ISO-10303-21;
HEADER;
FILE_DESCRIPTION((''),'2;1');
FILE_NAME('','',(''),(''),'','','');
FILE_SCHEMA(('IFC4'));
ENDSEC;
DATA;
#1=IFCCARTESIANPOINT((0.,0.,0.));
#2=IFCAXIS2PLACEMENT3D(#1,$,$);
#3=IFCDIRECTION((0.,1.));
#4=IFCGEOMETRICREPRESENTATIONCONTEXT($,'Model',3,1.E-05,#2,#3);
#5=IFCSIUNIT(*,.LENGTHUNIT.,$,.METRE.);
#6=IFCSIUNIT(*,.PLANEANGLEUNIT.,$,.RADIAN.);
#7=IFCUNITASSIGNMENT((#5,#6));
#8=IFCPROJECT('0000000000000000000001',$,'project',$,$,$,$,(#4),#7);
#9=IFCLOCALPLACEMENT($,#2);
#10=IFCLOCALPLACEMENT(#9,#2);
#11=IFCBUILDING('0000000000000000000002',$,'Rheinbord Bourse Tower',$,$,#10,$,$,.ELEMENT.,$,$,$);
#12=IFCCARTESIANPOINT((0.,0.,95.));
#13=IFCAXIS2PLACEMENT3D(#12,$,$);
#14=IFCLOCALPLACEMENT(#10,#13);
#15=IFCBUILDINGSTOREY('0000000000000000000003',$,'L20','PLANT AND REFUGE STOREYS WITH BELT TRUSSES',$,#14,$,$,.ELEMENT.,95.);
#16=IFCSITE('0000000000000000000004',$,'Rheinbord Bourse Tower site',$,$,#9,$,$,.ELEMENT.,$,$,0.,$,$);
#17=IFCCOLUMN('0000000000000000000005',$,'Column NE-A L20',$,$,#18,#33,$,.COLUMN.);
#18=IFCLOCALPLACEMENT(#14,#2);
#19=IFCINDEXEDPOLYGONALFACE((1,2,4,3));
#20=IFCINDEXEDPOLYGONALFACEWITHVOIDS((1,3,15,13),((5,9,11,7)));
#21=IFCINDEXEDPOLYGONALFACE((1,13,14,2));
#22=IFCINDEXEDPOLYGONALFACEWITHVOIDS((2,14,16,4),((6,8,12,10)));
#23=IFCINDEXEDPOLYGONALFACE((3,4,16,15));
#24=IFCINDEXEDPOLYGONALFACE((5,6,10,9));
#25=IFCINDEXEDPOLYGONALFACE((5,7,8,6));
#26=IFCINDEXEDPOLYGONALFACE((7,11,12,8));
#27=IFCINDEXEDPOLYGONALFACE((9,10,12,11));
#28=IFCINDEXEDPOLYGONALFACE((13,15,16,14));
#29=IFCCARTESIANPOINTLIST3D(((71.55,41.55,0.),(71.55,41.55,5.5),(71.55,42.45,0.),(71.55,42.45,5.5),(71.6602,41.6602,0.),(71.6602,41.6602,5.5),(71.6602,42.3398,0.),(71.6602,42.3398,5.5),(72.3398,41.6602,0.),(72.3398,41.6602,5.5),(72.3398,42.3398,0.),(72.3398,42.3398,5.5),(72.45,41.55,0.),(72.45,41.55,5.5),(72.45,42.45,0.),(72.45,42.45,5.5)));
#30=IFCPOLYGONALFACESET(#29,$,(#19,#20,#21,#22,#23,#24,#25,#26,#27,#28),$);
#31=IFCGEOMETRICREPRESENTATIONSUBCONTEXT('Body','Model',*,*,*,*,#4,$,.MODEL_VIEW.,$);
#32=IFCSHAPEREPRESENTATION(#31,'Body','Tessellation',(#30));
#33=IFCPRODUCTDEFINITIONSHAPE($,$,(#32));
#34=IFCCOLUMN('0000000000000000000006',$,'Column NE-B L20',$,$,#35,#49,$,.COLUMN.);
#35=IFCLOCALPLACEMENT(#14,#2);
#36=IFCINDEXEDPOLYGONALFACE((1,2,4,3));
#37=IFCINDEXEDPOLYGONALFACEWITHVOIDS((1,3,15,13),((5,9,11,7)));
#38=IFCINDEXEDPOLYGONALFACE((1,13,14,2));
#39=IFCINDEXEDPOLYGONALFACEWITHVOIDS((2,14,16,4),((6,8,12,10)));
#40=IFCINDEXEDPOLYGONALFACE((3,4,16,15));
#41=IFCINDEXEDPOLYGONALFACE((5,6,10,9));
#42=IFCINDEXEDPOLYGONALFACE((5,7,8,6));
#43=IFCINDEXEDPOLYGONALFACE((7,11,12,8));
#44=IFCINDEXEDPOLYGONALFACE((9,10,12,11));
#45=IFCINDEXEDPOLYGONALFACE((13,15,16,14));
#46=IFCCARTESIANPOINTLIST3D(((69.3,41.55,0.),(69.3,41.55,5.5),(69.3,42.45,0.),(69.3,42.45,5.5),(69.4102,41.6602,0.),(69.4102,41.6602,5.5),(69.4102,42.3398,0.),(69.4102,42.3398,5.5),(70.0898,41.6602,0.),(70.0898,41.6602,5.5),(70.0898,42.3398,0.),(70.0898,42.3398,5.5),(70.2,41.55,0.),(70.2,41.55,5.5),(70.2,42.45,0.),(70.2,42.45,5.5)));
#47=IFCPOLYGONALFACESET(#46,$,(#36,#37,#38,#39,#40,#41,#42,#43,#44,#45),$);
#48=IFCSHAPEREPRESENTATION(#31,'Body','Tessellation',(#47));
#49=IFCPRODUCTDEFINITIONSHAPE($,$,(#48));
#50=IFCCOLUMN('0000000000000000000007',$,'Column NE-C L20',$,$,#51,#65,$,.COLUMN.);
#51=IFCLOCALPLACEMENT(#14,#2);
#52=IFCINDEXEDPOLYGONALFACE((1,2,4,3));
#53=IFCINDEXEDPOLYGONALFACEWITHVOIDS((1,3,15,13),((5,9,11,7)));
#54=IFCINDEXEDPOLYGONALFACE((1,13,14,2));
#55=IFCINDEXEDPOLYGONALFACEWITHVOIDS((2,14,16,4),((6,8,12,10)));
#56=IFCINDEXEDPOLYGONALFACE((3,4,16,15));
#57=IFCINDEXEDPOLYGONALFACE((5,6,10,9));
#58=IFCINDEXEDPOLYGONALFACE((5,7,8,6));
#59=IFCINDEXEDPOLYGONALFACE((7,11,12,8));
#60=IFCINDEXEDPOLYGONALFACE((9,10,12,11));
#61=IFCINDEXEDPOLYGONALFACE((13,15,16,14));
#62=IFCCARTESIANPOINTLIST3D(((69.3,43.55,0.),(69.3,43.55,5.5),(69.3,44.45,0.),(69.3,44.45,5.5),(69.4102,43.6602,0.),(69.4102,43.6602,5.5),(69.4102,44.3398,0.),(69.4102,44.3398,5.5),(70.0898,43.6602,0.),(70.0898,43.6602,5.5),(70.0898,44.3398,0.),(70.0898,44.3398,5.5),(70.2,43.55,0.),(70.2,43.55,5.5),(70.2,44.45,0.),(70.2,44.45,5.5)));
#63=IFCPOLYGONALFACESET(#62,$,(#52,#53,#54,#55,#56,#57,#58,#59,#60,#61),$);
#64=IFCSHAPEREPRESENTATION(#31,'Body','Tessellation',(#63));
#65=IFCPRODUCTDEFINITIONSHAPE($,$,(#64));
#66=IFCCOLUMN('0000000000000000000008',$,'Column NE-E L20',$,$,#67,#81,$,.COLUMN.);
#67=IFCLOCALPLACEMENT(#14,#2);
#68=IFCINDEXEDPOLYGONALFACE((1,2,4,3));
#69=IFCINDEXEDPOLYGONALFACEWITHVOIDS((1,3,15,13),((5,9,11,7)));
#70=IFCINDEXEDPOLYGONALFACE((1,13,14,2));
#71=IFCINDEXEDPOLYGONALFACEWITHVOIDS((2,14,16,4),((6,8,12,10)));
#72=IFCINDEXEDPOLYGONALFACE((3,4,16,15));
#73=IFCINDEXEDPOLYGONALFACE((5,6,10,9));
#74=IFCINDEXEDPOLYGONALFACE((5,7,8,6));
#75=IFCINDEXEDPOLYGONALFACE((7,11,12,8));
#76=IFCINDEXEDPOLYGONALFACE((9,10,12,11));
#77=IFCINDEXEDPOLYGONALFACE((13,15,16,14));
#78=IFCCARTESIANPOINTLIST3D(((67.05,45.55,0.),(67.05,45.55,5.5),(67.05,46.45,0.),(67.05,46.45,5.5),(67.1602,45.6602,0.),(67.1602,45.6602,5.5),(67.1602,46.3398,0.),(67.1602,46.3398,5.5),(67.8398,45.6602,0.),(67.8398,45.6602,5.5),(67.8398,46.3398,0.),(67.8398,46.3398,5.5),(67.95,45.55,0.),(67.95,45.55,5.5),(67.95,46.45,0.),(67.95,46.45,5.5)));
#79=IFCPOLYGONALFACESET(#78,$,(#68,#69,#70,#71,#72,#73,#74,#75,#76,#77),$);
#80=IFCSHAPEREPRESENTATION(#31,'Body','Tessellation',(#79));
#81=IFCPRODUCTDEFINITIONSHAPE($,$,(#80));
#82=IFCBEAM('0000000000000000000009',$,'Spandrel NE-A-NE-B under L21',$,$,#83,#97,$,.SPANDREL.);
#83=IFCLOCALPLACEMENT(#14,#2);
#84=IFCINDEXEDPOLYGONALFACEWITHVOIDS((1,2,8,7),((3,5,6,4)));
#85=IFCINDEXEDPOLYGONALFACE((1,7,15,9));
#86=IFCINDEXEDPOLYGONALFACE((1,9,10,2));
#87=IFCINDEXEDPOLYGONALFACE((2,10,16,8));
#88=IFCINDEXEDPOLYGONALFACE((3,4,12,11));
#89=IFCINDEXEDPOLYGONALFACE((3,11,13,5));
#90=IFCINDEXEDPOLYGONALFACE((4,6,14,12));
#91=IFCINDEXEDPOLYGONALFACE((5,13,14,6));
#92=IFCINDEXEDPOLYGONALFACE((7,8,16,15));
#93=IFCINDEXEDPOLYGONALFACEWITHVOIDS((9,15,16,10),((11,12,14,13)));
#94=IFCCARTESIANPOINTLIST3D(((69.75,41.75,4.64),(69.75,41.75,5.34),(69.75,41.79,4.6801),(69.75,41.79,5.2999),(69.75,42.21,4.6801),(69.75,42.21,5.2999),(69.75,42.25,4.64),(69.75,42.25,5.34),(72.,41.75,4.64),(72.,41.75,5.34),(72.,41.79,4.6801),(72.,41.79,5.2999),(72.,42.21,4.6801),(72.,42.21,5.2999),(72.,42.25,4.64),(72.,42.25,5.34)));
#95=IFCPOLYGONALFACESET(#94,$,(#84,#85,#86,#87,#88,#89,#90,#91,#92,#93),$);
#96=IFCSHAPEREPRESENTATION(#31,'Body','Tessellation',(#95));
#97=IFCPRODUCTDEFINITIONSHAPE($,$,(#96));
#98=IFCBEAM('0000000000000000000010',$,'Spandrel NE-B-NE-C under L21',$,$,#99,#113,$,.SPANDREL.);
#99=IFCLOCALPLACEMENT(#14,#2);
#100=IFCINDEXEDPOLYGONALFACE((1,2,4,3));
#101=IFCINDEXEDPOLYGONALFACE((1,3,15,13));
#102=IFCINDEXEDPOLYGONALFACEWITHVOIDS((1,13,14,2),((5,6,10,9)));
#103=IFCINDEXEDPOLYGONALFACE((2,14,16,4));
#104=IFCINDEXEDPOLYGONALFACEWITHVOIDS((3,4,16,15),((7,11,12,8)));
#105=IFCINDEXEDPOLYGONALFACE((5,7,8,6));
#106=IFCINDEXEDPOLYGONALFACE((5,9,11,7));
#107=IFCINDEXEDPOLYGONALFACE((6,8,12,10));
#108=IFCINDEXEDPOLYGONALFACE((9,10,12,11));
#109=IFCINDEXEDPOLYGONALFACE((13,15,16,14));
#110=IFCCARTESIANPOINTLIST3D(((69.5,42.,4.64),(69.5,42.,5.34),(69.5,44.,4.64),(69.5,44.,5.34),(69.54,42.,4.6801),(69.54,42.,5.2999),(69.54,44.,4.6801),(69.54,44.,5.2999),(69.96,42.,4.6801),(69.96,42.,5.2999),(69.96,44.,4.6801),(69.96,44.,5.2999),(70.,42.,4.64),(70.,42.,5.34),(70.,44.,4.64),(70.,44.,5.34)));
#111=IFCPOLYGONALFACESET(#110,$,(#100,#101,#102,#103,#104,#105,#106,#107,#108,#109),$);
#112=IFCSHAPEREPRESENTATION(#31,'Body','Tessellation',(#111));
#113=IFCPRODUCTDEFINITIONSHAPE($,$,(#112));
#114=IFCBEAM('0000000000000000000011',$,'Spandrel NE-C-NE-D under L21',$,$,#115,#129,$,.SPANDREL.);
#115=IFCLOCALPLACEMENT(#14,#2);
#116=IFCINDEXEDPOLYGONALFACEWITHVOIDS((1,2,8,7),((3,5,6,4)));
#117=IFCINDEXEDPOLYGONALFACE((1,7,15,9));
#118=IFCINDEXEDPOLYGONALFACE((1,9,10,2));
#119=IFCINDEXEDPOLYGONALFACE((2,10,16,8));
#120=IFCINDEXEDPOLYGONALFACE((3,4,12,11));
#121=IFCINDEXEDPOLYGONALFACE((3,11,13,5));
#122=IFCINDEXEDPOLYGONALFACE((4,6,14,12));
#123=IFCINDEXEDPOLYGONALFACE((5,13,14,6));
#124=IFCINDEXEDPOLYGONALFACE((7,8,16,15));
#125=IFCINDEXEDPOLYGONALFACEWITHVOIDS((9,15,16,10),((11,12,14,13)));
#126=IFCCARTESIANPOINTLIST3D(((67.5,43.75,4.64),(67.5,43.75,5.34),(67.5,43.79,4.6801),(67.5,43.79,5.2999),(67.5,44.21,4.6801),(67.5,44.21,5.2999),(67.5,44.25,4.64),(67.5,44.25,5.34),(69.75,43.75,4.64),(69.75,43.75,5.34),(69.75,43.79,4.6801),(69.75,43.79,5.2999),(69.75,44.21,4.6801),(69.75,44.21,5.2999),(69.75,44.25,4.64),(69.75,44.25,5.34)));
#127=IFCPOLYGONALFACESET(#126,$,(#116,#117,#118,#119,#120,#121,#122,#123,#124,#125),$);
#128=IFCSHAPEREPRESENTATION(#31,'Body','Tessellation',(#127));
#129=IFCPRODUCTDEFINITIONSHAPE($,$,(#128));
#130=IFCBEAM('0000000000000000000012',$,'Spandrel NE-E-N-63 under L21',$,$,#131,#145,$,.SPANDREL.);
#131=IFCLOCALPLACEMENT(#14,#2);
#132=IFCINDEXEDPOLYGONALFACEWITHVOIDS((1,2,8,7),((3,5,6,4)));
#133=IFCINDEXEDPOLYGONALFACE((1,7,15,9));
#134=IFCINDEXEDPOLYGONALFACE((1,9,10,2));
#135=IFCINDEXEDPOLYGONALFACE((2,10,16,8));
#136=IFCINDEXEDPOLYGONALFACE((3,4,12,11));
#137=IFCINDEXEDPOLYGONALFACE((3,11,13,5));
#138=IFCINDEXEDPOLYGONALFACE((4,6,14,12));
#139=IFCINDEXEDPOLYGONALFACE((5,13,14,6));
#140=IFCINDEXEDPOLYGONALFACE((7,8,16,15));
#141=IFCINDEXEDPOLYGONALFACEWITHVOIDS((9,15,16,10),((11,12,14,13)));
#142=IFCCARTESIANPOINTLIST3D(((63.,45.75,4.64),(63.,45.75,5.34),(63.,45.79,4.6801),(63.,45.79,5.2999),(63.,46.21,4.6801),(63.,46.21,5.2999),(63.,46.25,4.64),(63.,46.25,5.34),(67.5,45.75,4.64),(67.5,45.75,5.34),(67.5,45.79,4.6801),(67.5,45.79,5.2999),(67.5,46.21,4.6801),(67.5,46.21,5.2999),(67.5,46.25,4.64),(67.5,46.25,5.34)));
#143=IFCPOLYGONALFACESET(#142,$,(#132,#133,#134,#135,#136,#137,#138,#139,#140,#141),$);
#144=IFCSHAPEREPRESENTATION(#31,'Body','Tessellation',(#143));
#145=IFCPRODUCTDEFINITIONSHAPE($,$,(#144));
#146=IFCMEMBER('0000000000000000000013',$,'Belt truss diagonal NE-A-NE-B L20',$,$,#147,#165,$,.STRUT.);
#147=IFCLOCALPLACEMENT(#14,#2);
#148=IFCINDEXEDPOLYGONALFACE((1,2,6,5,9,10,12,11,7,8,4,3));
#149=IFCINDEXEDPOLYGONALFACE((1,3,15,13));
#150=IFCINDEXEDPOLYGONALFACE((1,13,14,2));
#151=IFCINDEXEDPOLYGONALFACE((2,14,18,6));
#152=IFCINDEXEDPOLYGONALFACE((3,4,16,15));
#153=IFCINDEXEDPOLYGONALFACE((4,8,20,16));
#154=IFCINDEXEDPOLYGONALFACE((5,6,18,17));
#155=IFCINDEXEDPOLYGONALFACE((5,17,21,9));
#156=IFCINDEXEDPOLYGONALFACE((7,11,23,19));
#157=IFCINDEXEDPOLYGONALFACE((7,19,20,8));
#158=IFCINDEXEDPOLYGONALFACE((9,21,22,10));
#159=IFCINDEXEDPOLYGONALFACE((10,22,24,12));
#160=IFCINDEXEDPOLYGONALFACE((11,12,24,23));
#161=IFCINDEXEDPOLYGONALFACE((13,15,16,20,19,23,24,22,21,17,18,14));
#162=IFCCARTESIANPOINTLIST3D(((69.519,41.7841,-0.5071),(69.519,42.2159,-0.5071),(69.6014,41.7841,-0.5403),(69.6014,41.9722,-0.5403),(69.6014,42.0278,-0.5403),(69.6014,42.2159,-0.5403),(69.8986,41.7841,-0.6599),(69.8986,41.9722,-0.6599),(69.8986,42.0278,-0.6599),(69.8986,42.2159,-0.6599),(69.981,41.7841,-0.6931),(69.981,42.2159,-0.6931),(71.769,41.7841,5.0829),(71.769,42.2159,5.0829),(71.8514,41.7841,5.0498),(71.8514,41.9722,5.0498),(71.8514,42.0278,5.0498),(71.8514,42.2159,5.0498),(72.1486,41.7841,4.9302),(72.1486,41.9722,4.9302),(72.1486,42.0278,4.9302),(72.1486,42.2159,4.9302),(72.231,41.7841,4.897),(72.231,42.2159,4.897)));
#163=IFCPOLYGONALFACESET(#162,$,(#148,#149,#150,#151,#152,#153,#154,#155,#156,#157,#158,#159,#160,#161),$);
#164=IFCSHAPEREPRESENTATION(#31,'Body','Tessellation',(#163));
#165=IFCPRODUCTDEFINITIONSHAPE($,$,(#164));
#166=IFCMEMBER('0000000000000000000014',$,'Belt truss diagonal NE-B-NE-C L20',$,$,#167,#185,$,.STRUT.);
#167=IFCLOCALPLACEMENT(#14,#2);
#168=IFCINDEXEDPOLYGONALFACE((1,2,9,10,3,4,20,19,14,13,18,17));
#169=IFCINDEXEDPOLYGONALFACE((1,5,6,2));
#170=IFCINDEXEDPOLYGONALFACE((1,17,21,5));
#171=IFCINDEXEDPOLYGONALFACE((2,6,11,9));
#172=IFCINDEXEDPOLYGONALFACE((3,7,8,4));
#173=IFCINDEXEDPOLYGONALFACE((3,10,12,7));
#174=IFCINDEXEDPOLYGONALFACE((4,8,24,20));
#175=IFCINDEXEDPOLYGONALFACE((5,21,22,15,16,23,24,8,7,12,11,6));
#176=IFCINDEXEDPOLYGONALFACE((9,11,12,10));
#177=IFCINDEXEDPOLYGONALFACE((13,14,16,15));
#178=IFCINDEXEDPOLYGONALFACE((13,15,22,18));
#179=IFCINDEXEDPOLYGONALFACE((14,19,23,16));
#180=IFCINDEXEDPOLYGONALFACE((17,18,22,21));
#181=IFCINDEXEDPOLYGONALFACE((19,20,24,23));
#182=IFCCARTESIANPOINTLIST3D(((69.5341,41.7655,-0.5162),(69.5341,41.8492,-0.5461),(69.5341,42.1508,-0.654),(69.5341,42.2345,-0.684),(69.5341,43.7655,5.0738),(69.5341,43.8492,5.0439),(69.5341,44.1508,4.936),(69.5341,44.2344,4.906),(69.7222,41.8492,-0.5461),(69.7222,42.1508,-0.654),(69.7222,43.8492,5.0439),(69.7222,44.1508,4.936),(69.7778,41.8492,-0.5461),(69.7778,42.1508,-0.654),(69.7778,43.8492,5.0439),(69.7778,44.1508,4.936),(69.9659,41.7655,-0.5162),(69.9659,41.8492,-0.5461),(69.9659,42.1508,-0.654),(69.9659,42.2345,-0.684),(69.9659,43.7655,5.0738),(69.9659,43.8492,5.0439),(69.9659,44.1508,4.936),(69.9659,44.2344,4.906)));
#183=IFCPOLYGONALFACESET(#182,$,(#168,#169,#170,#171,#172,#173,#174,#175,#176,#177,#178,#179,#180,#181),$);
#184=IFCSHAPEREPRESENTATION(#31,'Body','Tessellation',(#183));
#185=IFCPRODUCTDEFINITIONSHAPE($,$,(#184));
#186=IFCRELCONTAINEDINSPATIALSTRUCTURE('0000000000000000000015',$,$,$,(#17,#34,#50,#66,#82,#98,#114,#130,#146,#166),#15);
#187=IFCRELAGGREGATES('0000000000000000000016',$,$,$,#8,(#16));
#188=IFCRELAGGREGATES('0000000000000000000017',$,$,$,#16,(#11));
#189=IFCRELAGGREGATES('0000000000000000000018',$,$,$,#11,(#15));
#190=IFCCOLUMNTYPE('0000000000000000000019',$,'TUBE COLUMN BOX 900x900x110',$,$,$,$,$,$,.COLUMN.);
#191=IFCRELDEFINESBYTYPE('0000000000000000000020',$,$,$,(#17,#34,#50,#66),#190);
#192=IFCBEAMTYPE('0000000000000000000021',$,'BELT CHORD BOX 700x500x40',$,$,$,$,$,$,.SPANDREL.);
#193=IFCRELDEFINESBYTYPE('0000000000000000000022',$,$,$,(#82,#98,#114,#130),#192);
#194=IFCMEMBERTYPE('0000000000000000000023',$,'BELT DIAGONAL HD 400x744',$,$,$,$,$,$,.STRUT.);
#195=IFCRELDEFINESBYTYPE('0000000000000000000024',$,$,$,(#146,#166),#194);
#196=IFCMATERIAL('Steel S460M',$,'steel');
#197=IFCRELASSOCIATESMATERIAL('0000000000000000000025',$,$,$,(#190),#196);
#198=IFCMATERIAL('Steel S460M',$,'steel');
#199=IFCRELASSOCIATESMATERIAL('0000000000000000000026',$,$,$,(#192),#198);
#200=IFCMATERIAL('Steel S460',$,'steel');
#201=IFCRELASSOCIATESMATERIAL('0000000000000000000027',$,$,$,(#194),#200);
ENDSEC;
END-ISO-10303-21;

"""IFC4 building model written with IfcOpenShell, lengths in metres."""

from ifc_helpers import new_model, si_unit, direction, frame, origin, origin_2d, place, context, subcontext, project, spatial, hollow_rectangle, i_section, extrude, material, material_profile, profile_set, type_object, element, save


model = new_model("IFC4")

# Units and contexts
model_context = context("Model", 3, precision=1e-05, world=origin(), true_north=direction((0.0, 1.0)))
body_context = subcontext(model_context, "Body", "Model", "MODEL_VIEW")
ifc_project = project(units=[si_unit("LENGTHUNIT", "METRE"), si_unit("PLANEANGLEUNIT", "RADIAN")], contexts=[model_context])

# Site, building, storey
site_placement = place(None, origin())
site = spatial("IfcSite", under=ifc_project, at=site_placement, Name="Rheinbord Bourse Tower site", CompositionType="ELEMENT", RefElevation=0.0)
building_placement = place(site_placement, origin())
building = spatial("IfcBuilding", under=site, at=building_placement, Name="Rheinbord Bourse Tower", CompositionType="ELEMENT")
storey_placement = place(building_placement, frame((0.0, 0.0, 95.0)))
storey = spatial("IfcBuildingStorey", under=building, at=storey_placement, Name="L20", Description="PLANT AND REFUGE STOREYS WITH BELT TRUSSES", CompositionType="ELEMENT", Elevation=95.0)

# Columns
ifc_material_1 = material(Name="Steel S460M", Category="steel")
ifc_material_profile_1 = material_profile(ifc_material_1, hollow_rectangle(XDim=0.8999, YDim=0.8999, WallThickness=0.1101, at=origin_2d()), Name="BOX 900x900x110")
ifc_profile_set_1 = profile_set([ifc_material_profile_1], Name="Steel S460M")
column_type = type_object("IfcColumnType", Name="TUBE COLUMN BOX 900x900x110", PredefinedType="COLUMN", material=ifc_profile_set_1)
for number, where, z_axis, x_axis, name in (
    (1, (72.0, 42.0, 0.0), (0.0, 0.0, 1.0), (1.0, 0.0, 0.0), "Column NE-A L20"),
    (2, (69.75, 42.0, 0.0), (0.0, 0.0, 1.0), (1.0, 0.0, 0.0), "Column NE-B L20"),
    (3, (69.75, 44.0, 0.0), (0.0, 0.0, 1.0), (1.0, 0.0, 0.0), "Column NE-C L20"),
    (4, (67.5, 46.0, 0.0), (0.0, 0.0, 1.0), (0.0, 1.0, 0.0), "Column NE-E L20"),
):
    element("IfcColumn", number, at=place(storey_placement, frame(where, z_axis=z_axis, x_axis=x_axis)), inside=storey, type_object=column_type, Name=name, PredefinedType="COLUMN", context=body_context, shape_type="SweptSolid", body=[
        extrude(hollow_rectangle(XDim=0.8999, YDim=0.8999, WallThickness=0.1101, at=origin_2d()), origin(), (0.0, 0.0, 1.0), 5.5),
    ])

# Beams
ifc_material_2 = material(Name="Steel S460M", Category="steel")
ifc_material_profile_2 = material_profile(ifc_material_2, hollow_rectangle(XDim=0.5, YDim=0.7, WallThickness=0.04, at=origin_2d()), Name="BOX 700x500x40")
ifc_profile_set_2 = profile_set([ifc_material_profile_2], Name="Steel S460M")
beam_type = type_object("IfcBeamType", Name="BELT CHORD BOX 700x500x40", PredefinedType="SPANDREL", material=ifc_profile_set_2)
beam_1_placement = place(storey_placement, frame((72.0, 42.0, 4.99), z_axis=(-1.0, 0.0, 0.0), x_axis=(0.0, -1.0, 0.0)))
element("IfcBeam", 5, at=beam_1_placement, inside=storey, type_object=beam_type, Name="Spandrel NE-A-NE-B under L21", PredefinedType="SPANDREL", context=body_context, shape_type="SweptSolid", body=[
    extrude(hollow_rectangle(XDim=0.5, YDim=0.7, WallThickness=0.04, at=origin_2d()), origin(), (0.0, 0.0, 1.0), 2.25),
])
beam_2_placement = place(storey_placement, frame((69.75, 42.0, 4.99), z_axis=(0.0, 1.0, 0.0), x_axis=(-1.0, 0.0, 0.0)))
element("IfcBeam", 6, at=beam_2_placement, inside=storey, type_object=beam_type, Name="Spandrel NE-B-NE-C under L21", PredefinedType="SPANDREL", context=body_context, shape_type="SweptSolid", body=[
    extrude(hollow_rectangle(XDim=0.5, YDim=0.7, WallThickness=0.04, at=origin_2d()), origin(), (0.0, 0.0, 1.0), 2.0),
])
beam_3_placement = place(storey_placement, frame((69.75, 44.0, 4.99), z_axis=(-1.0, 0.0, 0.0), x_axis=(0.0, -1.0, 0.0)))
element("IfcBeam", 7, at=beam_3_placement, inside=storey, type_object=beam_type, Name="Spandrel NE-C-NE-D under L21", PredefinedType="SPANDREL", context=body_context, shape_type="SweptSolid", body=[
    extrude(hollow_rectangle(XDim=0.5, YDim=0.7, WallThickness=0.04, at=origin_2d()), origin(), (0.0, 0.0, 1.0), 2.25),
])
beam_4_placement = place(storey_placement, frame((67.5, 46.0, 4.99), z_axis=(-1.0, 0.0, 0.0), x_axis=(0.0, -1.0, 0.0)))
element("IfcBeam", 8, at=beam_4_placement, inside=storey, type_object=beam_type, Name="Spandrel NE-E-N-63 under L21", PredefinedType="SPANDREL", context=body_context, shape_type="SweptSolid", body=[
    extrude(hollow_rectangle(XDim=0.5, YDim=0.7, WallThickness=0.04, at=origin_2d()), origin(), (0.0, 0.0, 1.0), 4.5),
])

# Members
ifc_material_3 = material(Name="Steel S460", Category="steel")
ifc_material_profile_3 = material_profile(ifc_material_3, i_section(OverallWidth=0.4319, OverallDepth=0.498, WebThickness=0.0557, FlangeThickness=0.0889, at=origin_2d()), Name="HD 400x744")
ifc_profile_set_3 = profile_set([ifc_material_profile_3], Name="Steel S460")
member_type_1 = type_object("IfcMemberType", Name="BELT DIAGONAL HD 400x744", PredefinedType="STRUT", material=ifc_profile_set_3)
member_1_placement = place(storey_placement, frame((69.75, 42.0, -0.6001), z_axis=(0.373388, 0.0, 0.927675), x_axis=(0.0, 1.0, 0.0)))
element("IfcMember", 9, at=member_1_placement, inside=storey, type_object=member_type_1, Name="Belt truss diagonal NE-A-NE-B L20", PredefinedType="STRUT", context=body_context, shape_type="SweptSolid", body=[
    extrude(i_section(OverallWidth=0.4319, OverallDepth=0.498, WebThickness=0.0557, FlangeThickness=0.0889, at=origin_2d()), origin(), (0.0, 0.0, 1.0), 6.0259),
])
member_2_placement = place(storey_placement, frame((69.75, 42.0, -0.6001), z_axis=(0.0, 0.336865, 0.941553), x_axis=(-1.0, 0.0, 0.0)))
element("IfcMember", 10, at=member_2_placement, inside=storey, type_object=member_type_1, Name="Belt truss diagonal NE-B-NE-C L20", PredefinedType="STRUT", context=body_context, shape_type="SweptSolid", body=[
    extrude(i_section(OverallWidth=0.4319, OverallDepth=0.498, WebThickness=0.0557, FlangeThickness=0.0889, at=origin_2d()), origin(), (0.0, 0.0, 1.0), 5.937),
])

save(model, "model.ifc")
